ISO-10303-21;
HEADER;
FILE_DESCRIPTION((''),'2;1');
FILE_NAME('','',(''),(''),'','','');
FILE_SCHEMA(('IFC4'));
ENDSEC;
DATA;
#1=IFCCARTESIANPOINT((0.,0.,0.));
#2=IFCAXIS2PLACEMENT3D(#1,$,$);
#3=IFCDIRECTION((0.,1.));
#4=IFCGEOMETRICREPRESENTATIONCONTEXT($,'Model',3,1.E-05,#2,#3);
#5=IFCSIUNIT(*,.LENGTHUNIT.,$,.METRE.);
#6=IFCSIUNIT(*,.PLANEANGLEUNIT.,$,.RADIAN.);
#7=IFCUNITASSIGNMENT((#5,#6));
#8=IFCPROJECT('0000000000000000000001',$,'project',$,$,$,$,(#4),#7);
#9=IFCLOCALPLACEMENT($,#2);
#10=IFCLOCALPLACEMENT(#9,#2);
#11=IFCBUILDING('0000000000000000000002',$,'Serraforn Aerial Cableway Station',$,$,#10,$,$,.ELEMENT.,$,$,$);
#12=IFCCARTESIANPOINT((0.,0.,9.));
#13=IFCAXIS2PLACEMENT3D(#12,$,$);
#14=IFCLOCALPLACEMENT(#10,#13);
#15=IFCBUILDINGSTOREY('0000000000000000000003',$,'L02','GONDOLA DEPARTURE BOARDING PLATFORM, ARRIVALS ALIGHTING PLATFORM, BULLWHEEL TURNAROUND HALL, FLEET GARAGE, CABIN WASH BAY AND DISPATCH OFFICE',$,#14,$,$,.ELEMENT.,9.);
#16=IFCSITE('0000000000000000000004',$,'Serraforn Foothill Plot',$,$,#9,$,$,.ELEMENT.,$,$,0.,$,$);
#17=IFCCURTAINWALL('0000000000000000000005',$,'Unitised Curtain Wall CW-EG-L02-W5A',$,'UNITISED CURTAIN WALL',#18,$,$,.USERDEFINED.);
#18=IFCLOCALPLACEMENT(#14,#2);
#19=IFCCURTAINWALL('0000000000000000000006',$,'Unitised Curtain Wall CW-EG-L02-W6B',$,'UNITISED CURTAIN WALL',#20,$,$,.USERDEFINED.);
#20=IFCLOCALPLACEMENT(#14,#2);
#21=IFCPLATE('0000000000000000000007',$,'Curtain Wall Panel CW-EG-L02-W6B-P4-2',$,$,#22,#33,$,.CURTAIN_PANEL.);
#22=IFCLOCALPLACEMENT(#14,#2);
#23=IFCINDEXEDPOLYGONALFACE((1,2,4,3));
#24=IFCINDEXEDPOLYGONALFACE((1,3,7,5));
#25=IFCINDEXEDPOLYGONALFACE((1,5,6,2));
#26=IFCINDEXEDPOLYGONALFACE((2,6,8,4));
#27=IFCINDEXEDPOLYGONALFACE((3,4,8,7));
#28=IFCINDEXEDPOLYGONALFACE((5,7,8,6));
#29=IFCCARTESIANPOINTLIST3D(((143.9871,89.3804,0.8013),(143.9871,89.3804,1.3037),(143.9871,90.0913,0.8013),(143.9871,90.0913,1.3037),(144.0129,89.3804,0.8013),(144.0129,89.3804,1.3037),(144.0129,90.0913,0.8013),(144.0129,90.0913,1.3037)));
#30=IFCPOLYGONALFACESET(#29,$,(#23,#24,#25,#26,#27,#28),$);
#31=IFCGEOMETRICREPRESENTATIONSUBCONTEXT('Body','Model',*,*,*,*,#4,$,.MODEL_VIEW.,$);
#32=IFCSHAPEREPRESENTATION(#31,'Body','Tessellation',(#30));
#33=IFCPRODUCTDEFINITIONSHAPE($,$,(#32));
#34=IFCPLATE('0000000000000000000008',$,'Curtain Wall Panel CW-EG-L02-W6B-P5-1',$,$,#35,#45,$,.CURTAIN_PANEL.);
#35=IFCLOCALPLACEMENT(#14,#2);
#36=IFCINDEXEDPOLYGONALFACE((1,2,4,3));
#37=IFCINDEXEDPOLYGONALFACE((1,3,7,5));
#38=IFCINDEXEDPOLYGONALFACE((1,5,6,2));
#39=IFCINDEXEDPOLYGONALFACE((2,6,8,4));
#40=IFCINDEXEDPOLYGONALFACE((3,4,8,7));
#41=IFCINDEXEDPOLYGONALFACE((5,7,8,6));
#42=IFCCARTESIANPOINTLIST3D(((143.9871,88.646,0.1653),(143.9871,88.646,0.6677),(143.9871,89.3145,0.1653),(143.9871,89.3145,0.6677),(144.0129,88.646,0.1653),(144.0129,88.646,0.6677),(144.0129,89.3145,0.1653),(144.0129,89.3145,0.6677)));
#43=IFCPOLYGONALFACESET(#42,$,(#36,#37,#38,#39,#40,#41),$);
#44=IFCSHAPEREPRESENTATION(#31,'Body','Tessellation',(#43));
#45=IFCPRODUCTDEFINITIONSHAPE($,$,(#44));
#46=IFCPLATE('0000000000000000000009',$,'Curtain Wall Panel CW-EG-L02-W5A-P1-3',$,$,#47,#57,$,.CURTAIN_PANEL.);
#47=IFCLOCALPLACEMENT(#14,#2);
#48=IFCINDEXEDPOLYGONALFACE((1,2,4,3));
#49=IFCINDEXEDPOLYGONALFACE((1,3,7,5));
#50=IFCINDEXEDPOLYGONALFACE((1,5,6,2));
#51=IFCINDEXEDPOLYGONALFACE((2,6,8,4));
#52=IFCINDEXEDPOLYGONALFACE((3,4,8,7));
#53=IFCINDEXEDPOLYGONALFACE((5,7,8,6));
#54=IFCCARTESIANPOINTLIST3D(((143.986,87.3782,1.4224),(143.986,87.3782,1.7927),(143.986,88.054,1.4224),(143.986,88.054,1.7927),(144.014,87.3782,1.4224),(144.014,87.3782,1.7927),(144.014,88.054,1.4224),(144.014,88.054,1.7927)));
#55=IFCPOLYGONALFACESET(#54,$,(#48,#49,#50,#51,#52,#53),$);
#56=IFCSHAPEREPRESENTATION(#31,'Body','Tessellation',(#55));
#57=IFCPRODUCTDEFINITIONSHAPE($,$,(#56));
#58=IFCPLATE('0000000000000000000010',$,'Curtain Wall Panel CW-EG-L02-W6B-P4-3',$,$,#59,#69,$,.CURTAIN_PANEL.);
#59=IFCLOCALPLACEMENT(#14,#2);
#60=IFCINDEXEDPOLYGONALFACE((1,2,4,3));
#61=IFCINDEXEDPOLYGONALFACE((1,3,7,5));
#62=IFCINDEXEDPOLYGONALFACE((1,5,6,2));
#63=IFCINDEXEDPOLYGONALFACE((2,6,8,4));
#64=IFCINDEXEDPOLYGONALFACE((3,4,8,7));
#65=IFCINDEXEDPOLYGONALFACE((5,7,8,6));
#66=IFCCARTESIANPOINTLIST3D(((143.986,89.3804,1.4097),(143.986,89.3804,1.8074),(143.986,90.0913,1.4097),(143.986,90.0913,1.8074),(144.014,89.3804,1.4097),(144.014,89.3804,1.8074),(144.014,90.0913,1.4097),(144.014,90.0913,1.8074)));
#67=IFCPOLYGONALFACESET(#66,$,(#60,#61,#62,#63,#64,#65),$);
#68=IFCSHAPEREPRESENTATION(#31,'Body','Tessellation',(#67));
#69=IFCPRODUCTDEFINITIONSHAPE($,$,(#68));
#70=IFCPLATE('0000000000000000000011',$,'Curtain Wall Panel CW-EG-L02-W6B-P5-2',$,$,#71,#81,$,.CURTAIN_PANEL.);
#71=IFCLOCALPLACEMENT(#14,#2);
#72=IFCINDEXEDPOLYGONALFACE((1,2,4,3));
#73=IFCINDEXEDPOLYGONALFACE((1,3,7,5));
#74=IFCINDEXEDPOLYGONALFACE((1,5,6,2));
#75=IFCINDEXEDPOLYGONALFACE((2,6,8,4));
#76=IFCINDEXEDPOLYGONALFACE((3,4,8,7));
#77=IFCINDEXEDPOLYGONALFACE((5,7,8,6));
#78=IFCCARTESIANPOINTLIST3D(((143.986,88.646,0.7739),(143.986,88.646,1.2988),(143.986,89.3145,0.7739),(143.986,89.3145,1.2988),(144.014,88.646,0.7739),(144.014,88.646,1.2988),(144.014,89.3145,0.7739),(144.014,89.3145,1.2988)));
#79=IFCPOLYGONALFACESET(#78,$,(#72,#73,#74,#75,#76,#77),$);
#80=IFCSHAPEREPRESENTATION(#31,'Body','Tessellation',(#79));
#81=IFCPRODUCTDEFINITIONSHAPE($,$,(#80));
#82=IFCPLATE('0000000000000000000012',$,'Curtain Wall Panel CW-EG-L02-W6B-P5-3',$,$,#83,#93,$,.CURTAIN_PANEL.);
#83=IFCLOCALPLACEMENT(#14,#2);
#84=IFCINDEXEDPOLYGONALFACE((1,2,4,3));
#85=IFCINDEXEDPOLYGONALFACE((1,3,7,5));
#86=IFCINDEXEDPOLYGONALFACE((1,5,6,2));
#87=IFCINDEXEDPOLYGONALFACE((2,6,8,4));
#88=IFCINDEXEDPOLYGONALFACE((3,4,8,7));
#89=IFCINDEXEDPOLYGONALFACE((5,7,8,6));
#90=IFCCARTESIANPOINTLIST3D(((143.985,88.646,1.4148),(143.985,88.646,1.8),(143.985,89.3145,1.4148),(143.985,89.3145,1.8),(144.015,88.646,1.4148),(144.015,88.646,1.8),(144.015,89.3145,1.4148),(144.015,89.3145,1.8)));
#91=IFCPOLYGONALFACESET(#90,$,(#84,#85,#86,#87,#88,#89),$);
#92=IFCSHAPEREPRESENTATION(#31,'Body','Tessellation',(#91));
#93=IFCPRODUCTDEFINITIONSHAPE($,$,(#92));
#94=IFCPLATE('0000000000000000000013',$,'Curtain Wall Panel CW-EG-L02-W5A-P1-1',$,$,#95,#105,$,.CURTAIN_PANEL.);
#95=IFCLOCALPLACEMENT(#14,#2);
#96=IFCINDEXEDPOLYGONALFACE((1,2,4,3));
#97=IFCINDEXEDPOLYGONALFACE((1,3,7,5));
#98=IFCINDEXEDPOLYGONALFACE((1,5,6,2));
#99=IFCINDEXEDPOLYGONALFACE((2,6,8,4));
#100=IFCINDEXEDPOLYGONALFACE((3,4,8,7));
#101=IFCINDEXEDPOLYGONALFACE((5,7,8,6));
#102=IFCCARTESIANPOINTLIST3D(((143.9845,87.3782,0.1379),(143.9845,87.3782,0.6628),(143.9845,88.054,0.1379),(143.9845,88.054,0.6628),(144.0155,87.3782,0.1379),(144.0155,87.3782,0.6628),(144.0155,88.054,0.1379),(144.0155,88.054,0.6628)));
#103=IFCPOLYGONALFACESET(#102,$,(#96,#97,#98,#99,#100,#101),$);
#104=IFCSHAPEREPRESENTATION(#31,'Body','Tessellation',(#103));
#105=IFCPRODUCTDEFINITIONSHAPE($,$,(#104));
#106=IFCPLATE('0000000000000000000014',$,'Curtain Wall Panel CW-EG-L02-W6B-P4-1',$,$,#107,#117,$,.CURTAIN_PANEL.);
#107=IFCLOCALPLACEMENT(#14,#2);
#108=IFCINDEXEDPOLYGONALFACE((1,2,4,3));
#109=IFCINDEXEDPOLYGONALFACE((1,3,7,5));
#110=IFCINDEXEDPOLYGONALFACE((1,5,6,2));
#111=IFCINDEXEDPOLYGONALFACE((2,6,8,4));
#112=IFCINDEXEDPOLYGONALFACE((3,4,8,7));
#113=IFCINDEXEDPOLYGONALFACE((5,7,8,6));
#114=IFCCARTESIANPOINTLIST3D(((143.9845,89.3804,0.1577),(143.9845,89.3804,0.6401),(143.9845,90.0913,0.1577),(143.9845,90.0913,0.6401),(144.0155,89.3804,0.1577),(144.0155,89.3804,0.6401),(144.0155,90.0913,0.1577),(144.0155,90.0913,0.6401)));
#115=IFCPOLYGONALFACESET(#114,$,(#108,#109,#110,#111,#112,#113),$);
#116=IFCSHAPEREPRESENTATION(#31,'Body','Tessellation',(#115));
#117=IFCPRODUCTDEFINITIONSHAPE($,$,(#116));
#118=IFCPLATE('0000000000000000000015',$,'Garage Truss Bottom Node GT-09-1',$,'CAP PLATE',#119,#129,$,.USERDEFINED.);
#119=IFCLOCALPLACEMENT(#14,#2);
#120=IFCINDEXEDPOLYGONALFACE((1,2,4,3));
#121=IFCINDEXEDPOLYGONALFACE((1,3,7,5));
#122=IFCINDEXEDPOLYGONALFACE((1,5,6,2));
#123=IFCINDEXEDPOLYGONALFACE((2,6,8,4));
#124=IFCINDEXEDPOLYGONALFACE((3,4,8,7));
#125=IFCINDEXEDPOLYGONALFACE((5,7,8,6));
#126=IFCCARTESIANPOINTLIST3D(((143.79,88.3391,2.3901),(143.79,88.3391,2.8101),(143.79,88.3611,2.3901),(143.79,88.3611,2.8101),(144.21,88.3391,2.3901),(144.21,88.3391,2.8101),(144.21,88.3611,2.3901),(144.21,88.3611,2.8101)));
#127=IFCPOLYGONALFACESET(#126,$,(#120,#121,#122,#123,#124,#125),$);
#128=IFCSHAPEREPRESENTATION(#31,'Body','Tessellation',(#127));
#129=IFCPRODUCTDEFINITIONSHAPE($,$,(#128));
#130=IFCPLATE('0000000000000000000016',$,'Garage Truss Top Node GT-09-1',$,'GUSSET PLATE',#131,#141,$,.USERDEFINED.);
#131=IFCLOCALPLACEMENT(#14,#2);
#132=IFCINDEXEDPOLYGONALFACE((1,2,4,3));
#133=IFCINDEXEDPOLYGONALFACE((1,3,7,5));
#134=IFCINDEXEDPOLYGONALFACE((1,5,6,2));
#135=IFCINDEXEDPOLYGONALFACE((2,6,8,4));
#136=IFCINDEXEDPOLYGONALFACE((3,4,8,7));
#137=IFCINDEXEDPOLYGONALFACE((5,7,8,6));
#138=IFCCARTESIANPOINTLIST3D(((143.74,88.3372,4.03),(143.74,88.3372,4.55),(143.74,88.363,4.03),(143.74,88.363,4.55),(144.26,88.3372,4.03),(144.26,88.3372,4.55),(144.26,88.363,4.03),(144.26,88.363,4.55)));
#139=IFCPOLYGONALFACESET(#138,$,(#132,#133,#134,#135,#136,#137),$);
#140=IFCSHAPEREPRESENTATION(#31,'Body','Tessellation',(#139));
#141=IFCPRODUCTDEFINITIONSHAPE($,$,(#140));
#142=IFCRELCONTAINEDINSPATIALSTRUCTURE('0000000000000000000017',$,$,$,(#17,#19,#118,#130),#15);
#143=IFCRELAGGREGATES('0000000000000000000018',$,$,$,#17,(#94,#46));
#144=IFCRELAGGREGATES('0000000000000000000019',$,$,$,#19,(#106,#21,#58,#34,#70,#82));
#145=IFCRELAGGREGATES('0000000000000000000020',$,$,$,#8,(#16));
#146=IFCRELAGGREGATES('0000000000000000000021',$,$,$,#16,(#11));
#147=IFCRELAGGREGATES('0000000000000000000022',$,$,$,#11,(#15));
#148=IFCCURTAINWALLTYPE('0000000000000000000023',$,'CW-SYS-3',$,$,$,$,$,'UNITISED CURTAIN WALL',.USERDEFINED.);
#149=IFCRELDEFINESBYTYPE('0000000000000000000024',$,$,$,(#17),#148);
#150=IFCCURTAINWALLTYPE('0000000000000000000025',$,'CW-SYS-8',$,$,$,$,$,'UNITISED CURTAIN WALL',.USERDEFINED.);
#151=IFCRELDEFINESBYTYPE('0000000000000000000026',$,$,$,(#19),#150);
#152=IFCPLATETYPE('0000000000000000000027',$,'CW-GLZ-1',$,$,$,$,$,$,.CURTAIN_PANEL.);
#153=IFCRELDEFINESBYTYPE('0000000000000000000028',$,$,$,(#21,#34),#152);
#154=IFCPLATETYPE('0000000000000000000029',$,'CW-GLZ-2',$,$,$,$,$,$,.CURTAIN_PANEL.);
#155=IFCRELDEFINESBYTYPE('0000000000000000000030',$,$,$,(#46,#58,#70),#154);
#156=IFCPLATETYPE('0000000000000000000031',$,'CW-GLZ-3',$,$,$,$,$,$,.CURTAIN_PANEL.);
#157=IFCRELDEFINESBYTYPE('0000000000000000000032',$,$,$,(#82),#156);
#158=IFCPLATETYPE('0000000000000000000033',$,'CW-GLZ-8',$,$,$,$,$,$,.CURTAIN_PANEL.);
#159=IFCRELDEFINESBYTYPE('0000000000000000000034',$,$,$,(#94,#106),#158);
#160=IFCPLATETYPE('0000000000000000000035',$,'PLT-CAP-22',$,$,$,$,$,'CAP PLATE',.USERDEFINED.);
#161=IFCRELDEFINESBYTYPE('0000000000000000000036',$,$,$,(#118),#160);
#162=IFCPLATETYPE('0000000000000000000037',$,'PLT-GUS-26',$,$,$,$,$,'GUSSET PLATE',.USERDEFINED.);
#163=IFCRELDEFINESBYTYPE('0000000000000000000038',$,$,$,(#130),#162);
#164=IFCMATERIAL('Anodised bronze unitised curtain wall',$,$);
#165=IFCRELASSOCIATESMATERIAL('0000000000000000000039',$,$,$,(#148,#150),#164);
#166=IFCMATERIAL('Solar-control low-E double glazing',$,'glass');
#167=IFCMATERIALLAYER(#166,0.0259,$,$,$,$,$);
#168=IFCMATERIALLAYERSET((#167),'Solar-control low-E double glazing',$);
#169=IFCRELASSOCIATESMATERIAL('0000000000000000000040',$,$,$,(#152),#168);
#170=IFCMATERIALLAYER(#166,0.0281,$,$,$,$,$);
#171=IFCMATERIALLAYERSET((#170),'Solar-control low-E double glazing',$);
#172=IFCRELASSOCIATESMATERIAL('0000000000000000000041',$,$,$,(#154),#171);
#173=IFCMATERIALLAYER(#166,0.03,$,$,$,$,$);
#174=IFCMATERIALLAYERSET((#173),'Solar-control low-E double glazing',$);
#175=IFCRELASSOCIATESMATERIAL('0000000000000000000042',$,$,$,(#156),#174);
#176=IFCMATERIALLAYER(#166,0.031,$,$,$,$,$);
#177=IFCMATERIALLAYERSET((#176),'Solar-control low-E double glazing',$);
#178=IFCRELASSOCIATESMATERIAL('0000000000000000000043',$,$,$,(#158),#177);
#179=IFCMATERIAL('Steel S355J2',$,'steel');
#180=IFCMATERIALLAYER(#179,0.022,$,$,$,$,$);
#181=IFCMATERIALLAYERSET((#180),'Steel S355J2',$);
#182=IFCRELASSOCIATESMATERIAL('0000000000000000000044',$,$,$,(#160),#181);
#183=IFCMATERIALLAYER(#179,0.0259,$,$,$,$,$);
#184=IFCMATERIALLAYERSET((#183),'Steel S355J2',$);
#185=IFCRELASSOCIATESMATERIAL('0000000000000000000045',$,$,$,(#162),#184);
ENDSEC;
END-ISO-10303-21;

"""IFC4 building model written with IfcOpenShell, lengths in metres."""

from ifc_helpers import new_model, si_unit, direction, frame, origin, origin_2d, place, context, subcontext, project, spatial, rectangle, extrude, material, layer, layer_set, type_object, element, aggregate, save


model = new_model("IFC4")

# Units and contexts
model_context = context("Model", 3, precision=1e-05, world=origin(), true_north=direction((0.0, 1.0)))
body_context = subcontext(model_context, "Body", "Model", "MODEL_VIEW")
ifc_project = project(units=[si_unit("LENGTHUNIT", "METRE"), si_unit("PLANEANGLEUNIT", "RADIAN")], contexts=[model_context])

# Site, building, storey
site_placement = place(None, origin())
site = spatial("IfcSite", under=ifc_project, at=site_placement, Name="Serraforn Foothill Plot", CompositionType="ELEMENT", RefElevation=0.0)
building_placement = place(site_placement, origin())
building = spatial("IfcBuilding", under=site, at=building_placement, Name="Serraforn Aerial Cableway Station", CompositionType="ELEMENT")
storey_placement = place(building_placement, frame((0.0, 0.0, 9.0)))
storey = spatial("IfcBuildingStorey", under=building, at=storey_placement, Name="L02", Description="GONDOLA DEPARTURE BOARDING PLATFORM, ARRIVALS ALIGHTING PLATFORM, BULLWHEEL TURNAROUND HALL, FLEET GARAGE, CABIN WASH BAY AND DISPATCH OFFICE", CompositionType="ELEMENT", Elevation=9.0)

# Shared definitions
ifc_material_1 = material(Name="Steel S355J2", Category="steel")

# Curtain walls
ifc_material_2 = material(Name="Anodised bronze unitised curtain wall")
curtain_wall_type_1 = type_object("IfcCurtainWallType", Name="CW-SYS-3", ElementType="UNITISED CURTAIN WALL", PredefinedType="USERDEFINED", material=ifc_material_2)
curtain_wall_1_placement = place(storey_placement, origin())
curtain_wall_1 = element("IfcCurtainWall", 1, at=curtain_wall_1_placement, inside=storey, type_object=curtain_wall_type_1, Name="Unitised Curtain Wall CW-EG-L02-W5A", ObjectType="UNITISED CURTAIN WALL", PredefinedType="USERDEFINED")
curtain_wall_type_2 = type_object("IfcCurtainWallType", Name="CW-SYS-8", ElementType="UNITISED CURTAIN WALL", PredefinedType="USERDEFINED", material=ifc_material_2)
curtain_wall_2_placement = place(storey_placement, origin())
curtain_wall_2 = element("IfcCurtainWall", 2, at=curtain_wall_2_placement, inside=storey, type_object=curtain_wall_type_2, Name="Unitised Curtain Wall CW-EG-L02-W6B", ObjectType="UNITISED CURTAIN WALL", PredefinedType="USERDEFINED")

# Plates
ifc_material_3 = material(Name="Solar-control low-E double glazing", Category="glass")
ifc_layer_1 = layer(ifc_material_3, 0.0259)
ifc_layer_set_1 = layer_set([ifc_layer_1], Name="Solar-control low-E double glazing")
plate_type_1 = type_object("IfcPlateType", Name="CW-GLZ-1", PredefinedType="CURTAIN_PANEL", material=ifc_layer_set_1)
plate_1_placement = place(storey_placement, frame((144.0, 89.7358, 0.8013), z_axis=(0.0, 0.0, 1.0), x_axis=(1.0, 0.0, 0.0)))
plate_1 = element("IfcPlate", 3, at=plate_1_placement, type_object=plate_type_1, Name="Curtain Wall Panel CW-EG-L02-W6B-P4-2", PredefinedType="CURTAIN_PANEL", context=body_context, shape_type="SweptSolid", body=[
    extrude(rectangle(XDim=0.0259, YDim=0.7109, at=origin_2d()), origin(), (0.0, 0.0, 1.0), 0.5024),
])
plate_2_placement = place(storey_placement, frame((144.0, 88.9802, 0.1653), z_axis=(0.0, 0.0, 1.0), x_axis=(1.0, 0.0, 0.0)))
plate_2 = element("IfcPlate", 4, at=plate_2_placement, type_object=plate_type_1, Name="Curtain Wall Panel CW-EG-L02-W6B-P5-1", PredefinedType="CURTAIN_PANEL", context=body_context, shape_type="SweptSolid", body=[
    extrude(rectangle(XDim=0.0259, YDim=0.6685, at=origin_2d()), origin(), (0.0, 0.0, 1.0), 0.5024),
])
ifc_layer_2 = layer(ifc_material_3, 0.0281)
ifc_layer_set_2 = layer_set([ifc_layer_2], Name="Solar-control low-E double glazing")
plate_type_2 = type_object("IfcPlateType", Name="CW-GLZ-2", PredefinedType="CURTAIN_PANEL", material=ifc_layer_set_2)
plate_3_placement = place(storey_placement, frame((144.0, 87.7161, 1.4224), z_axis=(0.0, 0.0, 1.0), x_axis=(1.0, 0.0, 0.0)))
plate_3 = element("IfcPlate", 5, at=plate_3_placement, type_object=plate_type_2, Name="Curtain Wall Panel CW-EG-L02-W5A-P1-3", PredefinedType="CURTAIN_PANEL", context=body_context, shape_type="SweptSolid", body=[
    extrude(rectangle(XDim=0.0281, YDim=0.6758, at=origin_2d()), origin(), (0.0, 0.0, 1.0), 0.3704),
])
plate_4_placement = place(storey_placement, frame((144.0, 89.7358, 1.4097), z_axis=(0.0, 0.0, 1.0), x_axis=(1.0, 0.0, 0.0)))
plate_4 = element("IfcPlate", 6, at=plate_4_placement, type_object=plate_type_2, Name="Curtain Wall Panel CW-EG-L02-W6B-P4-3", PredefinedType="CURTAIN_PANEL", context=body_context, shape_type="SweptSolid", body=[
    extrude(rectangle(XDim=0.0281, YDim=0.7109, at=origin_2d()), origin(), (0.0, 0.0, 1.0), 0.3977),
])
plate_5_placement = place(storey_placement, frame((144.0, 88.9802, 0.7739), z_axis=(0.0, 0.0, 1.0), x_axis=(1.0, 0.0, 0.0)))
plate_5 = element("IfcPlate", 7, at=plate_5_placement, type_object=plate_type_2, Name="Curtain Wall Panel CW-EG-L02-W6B-P5-2", PredefinedType="CURTAIN_PANEL", context=body_context, shape_type="SweptSolid", body=[
    extrude(rectangle(XDim=0.0281, YDim=0.6685, at=origin_2d()), origin(), (0.0, 0.0, 1.0), 0.5249),
])
ifc_layer_3 = layer(ifc_material_3, 0.03)
ifc_layer_set_3 = layer_set([ifc_layer_3], Name="Solar-control low-E double glazing")
plate_type_3 = type_object("IfcPlateType", Name="CW-GLZ-3", PredefinedType="CURTAIN_PANEL", material=ifc_layer_set_3)
plate_6_placement = place(storey_placement, frame((144.0, 88.9802, 1.4148), z_axis=(0.0, 0.0, 1.0), x_axis=(1.0, 0.0, 0.0)))
plate_6 = element("IfcPlate", 8, at=plate_6_placement, type_object=plate_type_3, Name="Curtain Wall Panel CW-EG-L02-W6B-P5-3", PredefinedType="CURTAIN_PANEL", context=body_context, shape_type="SweptSolid", body=[
    extrude(rectangle(XDim=0.03, YDim=0.6685, at=origin_2d()), origin(), (0.0, 0.0, 1.0), 0.3853),
])
ifc_layer_4 = layer(ifc_material_3, 0.031)
ifc_layer_set_4 = layer_set([ifc_layer_4], Name="Solar-control low-E double glazing")
plate_type_4 = type_object("IfcPlateType", Name="CW-GLZ-8", PredefinedType="CURTAIN_PANEL", material=ifc_layer_set_4)
plate_7_placement = place(storey_placement, frame((144.0, 87.7161, 0.1379), z_axis=(0.0, 0.0, 1.0), x_axis=(1.0, 0.0, 0.0)))
plate_7 = element("IfcPlate", 9, at=plate_7_placement, type_object=plate_type_4, Name="Curtain Wall Panel CW-EG-L02-W5A-P1-1", PredefinedType="CURTAIN_PANEL", context=body_context, shape_type="SweptSolid", body=[
    extrude(rectangle(XDim=0.031, YDim=0.6758, at=origin_2d()), origin(), (0.0, 0.0, 1.0), 0.5249),
])
aggregate(curtain_wall_1, [plate_7, plate_3])
plate_8_placement = place(storey_placement, frame((144.0, 89.7358, 0.1577), z_axis=(0.0, 0.0, 1.0), x_axis=(1.0, 0.0, 0.0)))
plate_8 = element("IfcPlate", 10, at=plate_8_placement, type_object=plate_type_4, Name="Curtain Wall Panel CW-EG-L02-W6B-P4-1", PredefinedType="CURTAIN_PANEL", context=body_context, shape_type="SweptSolid", body=[
    extrude(rectangle(XDim=0.031, YDim=0.7109, at=origin_2d()), origin(), (0.0, 0.0, 1.0), 0.4824),
])
aggregate(curtain_wall_2, [plate_8, plate_1, plate_4, plate_2, plate_5, plate_6])

# Plates
ifc_layer_5 = layer(ifc_material_1, 0.022)
ifc_layer_set_5 = layer_set([ifc_layer_5], Name="Steel S355J2")
plate_type_5 = type_object("IfcPlateType", Name="PLT-CAP-22", ElementType="CAP PLATE", PredefinedType="USERDEFINED", material=ifc_layer_set_5)
plate_9_placement = place(storey_placement, frame((144.0, 88.3501, 2.3901), z_axis=(0.0, 0.0, 1.0), x_axis=(1.0, 0.0, 0.0)))
element("IfcPlate", 11, at=plate_9_placement, inside=storey, type_object=plate_type_5, Name="Garage Truss Bottom Node GT-09-1", ObjectType="CAP PLATE", PredefinedType="USERDEFINED", context=body_context, shape_type="SweptSolid", body=[
    extrude(rectangle(XDim=0.4199, YDim=0.022, at=origin_2d()), origin(), (0.0, 0.0, 1.0), 0.4199),
])
ifc_layer_6 = layer(ifc_material_1, 0.0259)
ifc_layer_set_6 = layer_set([ifc_layer_6], Name="Steel S355J2")
plate_type_6 = type_object("IfcPlateType", Name="PLT-GUS-26", ElementType="GUSSET PLATE", PredefinedType="USERDEFINED", material=ifc_layer_set_6)
plate_10_placement = place(storey_placement, frame((144.0, 88.3501, 4.03), z_axis=(0.0, 0.0, 1.0), x_axis=(1.0, 0.0, 0.0)))
element("IfcPlate", 12, at=plate_10_placement, inside=storey, type_object=plate_type_6, Name="Garage Truss Top Node GT-09-1", ObjectType="GUSSET PLATE", PredefinedType="USERDEFINED", context=body_context, shape_type="SweptSolid", body=[
    extrude(rectangle(XDim=0.52, YDim=0.0259, at=origin_2d()), origin(), (0.0, 0.0, 1.0), 0.52),
])

save(model, "model.ifc")
